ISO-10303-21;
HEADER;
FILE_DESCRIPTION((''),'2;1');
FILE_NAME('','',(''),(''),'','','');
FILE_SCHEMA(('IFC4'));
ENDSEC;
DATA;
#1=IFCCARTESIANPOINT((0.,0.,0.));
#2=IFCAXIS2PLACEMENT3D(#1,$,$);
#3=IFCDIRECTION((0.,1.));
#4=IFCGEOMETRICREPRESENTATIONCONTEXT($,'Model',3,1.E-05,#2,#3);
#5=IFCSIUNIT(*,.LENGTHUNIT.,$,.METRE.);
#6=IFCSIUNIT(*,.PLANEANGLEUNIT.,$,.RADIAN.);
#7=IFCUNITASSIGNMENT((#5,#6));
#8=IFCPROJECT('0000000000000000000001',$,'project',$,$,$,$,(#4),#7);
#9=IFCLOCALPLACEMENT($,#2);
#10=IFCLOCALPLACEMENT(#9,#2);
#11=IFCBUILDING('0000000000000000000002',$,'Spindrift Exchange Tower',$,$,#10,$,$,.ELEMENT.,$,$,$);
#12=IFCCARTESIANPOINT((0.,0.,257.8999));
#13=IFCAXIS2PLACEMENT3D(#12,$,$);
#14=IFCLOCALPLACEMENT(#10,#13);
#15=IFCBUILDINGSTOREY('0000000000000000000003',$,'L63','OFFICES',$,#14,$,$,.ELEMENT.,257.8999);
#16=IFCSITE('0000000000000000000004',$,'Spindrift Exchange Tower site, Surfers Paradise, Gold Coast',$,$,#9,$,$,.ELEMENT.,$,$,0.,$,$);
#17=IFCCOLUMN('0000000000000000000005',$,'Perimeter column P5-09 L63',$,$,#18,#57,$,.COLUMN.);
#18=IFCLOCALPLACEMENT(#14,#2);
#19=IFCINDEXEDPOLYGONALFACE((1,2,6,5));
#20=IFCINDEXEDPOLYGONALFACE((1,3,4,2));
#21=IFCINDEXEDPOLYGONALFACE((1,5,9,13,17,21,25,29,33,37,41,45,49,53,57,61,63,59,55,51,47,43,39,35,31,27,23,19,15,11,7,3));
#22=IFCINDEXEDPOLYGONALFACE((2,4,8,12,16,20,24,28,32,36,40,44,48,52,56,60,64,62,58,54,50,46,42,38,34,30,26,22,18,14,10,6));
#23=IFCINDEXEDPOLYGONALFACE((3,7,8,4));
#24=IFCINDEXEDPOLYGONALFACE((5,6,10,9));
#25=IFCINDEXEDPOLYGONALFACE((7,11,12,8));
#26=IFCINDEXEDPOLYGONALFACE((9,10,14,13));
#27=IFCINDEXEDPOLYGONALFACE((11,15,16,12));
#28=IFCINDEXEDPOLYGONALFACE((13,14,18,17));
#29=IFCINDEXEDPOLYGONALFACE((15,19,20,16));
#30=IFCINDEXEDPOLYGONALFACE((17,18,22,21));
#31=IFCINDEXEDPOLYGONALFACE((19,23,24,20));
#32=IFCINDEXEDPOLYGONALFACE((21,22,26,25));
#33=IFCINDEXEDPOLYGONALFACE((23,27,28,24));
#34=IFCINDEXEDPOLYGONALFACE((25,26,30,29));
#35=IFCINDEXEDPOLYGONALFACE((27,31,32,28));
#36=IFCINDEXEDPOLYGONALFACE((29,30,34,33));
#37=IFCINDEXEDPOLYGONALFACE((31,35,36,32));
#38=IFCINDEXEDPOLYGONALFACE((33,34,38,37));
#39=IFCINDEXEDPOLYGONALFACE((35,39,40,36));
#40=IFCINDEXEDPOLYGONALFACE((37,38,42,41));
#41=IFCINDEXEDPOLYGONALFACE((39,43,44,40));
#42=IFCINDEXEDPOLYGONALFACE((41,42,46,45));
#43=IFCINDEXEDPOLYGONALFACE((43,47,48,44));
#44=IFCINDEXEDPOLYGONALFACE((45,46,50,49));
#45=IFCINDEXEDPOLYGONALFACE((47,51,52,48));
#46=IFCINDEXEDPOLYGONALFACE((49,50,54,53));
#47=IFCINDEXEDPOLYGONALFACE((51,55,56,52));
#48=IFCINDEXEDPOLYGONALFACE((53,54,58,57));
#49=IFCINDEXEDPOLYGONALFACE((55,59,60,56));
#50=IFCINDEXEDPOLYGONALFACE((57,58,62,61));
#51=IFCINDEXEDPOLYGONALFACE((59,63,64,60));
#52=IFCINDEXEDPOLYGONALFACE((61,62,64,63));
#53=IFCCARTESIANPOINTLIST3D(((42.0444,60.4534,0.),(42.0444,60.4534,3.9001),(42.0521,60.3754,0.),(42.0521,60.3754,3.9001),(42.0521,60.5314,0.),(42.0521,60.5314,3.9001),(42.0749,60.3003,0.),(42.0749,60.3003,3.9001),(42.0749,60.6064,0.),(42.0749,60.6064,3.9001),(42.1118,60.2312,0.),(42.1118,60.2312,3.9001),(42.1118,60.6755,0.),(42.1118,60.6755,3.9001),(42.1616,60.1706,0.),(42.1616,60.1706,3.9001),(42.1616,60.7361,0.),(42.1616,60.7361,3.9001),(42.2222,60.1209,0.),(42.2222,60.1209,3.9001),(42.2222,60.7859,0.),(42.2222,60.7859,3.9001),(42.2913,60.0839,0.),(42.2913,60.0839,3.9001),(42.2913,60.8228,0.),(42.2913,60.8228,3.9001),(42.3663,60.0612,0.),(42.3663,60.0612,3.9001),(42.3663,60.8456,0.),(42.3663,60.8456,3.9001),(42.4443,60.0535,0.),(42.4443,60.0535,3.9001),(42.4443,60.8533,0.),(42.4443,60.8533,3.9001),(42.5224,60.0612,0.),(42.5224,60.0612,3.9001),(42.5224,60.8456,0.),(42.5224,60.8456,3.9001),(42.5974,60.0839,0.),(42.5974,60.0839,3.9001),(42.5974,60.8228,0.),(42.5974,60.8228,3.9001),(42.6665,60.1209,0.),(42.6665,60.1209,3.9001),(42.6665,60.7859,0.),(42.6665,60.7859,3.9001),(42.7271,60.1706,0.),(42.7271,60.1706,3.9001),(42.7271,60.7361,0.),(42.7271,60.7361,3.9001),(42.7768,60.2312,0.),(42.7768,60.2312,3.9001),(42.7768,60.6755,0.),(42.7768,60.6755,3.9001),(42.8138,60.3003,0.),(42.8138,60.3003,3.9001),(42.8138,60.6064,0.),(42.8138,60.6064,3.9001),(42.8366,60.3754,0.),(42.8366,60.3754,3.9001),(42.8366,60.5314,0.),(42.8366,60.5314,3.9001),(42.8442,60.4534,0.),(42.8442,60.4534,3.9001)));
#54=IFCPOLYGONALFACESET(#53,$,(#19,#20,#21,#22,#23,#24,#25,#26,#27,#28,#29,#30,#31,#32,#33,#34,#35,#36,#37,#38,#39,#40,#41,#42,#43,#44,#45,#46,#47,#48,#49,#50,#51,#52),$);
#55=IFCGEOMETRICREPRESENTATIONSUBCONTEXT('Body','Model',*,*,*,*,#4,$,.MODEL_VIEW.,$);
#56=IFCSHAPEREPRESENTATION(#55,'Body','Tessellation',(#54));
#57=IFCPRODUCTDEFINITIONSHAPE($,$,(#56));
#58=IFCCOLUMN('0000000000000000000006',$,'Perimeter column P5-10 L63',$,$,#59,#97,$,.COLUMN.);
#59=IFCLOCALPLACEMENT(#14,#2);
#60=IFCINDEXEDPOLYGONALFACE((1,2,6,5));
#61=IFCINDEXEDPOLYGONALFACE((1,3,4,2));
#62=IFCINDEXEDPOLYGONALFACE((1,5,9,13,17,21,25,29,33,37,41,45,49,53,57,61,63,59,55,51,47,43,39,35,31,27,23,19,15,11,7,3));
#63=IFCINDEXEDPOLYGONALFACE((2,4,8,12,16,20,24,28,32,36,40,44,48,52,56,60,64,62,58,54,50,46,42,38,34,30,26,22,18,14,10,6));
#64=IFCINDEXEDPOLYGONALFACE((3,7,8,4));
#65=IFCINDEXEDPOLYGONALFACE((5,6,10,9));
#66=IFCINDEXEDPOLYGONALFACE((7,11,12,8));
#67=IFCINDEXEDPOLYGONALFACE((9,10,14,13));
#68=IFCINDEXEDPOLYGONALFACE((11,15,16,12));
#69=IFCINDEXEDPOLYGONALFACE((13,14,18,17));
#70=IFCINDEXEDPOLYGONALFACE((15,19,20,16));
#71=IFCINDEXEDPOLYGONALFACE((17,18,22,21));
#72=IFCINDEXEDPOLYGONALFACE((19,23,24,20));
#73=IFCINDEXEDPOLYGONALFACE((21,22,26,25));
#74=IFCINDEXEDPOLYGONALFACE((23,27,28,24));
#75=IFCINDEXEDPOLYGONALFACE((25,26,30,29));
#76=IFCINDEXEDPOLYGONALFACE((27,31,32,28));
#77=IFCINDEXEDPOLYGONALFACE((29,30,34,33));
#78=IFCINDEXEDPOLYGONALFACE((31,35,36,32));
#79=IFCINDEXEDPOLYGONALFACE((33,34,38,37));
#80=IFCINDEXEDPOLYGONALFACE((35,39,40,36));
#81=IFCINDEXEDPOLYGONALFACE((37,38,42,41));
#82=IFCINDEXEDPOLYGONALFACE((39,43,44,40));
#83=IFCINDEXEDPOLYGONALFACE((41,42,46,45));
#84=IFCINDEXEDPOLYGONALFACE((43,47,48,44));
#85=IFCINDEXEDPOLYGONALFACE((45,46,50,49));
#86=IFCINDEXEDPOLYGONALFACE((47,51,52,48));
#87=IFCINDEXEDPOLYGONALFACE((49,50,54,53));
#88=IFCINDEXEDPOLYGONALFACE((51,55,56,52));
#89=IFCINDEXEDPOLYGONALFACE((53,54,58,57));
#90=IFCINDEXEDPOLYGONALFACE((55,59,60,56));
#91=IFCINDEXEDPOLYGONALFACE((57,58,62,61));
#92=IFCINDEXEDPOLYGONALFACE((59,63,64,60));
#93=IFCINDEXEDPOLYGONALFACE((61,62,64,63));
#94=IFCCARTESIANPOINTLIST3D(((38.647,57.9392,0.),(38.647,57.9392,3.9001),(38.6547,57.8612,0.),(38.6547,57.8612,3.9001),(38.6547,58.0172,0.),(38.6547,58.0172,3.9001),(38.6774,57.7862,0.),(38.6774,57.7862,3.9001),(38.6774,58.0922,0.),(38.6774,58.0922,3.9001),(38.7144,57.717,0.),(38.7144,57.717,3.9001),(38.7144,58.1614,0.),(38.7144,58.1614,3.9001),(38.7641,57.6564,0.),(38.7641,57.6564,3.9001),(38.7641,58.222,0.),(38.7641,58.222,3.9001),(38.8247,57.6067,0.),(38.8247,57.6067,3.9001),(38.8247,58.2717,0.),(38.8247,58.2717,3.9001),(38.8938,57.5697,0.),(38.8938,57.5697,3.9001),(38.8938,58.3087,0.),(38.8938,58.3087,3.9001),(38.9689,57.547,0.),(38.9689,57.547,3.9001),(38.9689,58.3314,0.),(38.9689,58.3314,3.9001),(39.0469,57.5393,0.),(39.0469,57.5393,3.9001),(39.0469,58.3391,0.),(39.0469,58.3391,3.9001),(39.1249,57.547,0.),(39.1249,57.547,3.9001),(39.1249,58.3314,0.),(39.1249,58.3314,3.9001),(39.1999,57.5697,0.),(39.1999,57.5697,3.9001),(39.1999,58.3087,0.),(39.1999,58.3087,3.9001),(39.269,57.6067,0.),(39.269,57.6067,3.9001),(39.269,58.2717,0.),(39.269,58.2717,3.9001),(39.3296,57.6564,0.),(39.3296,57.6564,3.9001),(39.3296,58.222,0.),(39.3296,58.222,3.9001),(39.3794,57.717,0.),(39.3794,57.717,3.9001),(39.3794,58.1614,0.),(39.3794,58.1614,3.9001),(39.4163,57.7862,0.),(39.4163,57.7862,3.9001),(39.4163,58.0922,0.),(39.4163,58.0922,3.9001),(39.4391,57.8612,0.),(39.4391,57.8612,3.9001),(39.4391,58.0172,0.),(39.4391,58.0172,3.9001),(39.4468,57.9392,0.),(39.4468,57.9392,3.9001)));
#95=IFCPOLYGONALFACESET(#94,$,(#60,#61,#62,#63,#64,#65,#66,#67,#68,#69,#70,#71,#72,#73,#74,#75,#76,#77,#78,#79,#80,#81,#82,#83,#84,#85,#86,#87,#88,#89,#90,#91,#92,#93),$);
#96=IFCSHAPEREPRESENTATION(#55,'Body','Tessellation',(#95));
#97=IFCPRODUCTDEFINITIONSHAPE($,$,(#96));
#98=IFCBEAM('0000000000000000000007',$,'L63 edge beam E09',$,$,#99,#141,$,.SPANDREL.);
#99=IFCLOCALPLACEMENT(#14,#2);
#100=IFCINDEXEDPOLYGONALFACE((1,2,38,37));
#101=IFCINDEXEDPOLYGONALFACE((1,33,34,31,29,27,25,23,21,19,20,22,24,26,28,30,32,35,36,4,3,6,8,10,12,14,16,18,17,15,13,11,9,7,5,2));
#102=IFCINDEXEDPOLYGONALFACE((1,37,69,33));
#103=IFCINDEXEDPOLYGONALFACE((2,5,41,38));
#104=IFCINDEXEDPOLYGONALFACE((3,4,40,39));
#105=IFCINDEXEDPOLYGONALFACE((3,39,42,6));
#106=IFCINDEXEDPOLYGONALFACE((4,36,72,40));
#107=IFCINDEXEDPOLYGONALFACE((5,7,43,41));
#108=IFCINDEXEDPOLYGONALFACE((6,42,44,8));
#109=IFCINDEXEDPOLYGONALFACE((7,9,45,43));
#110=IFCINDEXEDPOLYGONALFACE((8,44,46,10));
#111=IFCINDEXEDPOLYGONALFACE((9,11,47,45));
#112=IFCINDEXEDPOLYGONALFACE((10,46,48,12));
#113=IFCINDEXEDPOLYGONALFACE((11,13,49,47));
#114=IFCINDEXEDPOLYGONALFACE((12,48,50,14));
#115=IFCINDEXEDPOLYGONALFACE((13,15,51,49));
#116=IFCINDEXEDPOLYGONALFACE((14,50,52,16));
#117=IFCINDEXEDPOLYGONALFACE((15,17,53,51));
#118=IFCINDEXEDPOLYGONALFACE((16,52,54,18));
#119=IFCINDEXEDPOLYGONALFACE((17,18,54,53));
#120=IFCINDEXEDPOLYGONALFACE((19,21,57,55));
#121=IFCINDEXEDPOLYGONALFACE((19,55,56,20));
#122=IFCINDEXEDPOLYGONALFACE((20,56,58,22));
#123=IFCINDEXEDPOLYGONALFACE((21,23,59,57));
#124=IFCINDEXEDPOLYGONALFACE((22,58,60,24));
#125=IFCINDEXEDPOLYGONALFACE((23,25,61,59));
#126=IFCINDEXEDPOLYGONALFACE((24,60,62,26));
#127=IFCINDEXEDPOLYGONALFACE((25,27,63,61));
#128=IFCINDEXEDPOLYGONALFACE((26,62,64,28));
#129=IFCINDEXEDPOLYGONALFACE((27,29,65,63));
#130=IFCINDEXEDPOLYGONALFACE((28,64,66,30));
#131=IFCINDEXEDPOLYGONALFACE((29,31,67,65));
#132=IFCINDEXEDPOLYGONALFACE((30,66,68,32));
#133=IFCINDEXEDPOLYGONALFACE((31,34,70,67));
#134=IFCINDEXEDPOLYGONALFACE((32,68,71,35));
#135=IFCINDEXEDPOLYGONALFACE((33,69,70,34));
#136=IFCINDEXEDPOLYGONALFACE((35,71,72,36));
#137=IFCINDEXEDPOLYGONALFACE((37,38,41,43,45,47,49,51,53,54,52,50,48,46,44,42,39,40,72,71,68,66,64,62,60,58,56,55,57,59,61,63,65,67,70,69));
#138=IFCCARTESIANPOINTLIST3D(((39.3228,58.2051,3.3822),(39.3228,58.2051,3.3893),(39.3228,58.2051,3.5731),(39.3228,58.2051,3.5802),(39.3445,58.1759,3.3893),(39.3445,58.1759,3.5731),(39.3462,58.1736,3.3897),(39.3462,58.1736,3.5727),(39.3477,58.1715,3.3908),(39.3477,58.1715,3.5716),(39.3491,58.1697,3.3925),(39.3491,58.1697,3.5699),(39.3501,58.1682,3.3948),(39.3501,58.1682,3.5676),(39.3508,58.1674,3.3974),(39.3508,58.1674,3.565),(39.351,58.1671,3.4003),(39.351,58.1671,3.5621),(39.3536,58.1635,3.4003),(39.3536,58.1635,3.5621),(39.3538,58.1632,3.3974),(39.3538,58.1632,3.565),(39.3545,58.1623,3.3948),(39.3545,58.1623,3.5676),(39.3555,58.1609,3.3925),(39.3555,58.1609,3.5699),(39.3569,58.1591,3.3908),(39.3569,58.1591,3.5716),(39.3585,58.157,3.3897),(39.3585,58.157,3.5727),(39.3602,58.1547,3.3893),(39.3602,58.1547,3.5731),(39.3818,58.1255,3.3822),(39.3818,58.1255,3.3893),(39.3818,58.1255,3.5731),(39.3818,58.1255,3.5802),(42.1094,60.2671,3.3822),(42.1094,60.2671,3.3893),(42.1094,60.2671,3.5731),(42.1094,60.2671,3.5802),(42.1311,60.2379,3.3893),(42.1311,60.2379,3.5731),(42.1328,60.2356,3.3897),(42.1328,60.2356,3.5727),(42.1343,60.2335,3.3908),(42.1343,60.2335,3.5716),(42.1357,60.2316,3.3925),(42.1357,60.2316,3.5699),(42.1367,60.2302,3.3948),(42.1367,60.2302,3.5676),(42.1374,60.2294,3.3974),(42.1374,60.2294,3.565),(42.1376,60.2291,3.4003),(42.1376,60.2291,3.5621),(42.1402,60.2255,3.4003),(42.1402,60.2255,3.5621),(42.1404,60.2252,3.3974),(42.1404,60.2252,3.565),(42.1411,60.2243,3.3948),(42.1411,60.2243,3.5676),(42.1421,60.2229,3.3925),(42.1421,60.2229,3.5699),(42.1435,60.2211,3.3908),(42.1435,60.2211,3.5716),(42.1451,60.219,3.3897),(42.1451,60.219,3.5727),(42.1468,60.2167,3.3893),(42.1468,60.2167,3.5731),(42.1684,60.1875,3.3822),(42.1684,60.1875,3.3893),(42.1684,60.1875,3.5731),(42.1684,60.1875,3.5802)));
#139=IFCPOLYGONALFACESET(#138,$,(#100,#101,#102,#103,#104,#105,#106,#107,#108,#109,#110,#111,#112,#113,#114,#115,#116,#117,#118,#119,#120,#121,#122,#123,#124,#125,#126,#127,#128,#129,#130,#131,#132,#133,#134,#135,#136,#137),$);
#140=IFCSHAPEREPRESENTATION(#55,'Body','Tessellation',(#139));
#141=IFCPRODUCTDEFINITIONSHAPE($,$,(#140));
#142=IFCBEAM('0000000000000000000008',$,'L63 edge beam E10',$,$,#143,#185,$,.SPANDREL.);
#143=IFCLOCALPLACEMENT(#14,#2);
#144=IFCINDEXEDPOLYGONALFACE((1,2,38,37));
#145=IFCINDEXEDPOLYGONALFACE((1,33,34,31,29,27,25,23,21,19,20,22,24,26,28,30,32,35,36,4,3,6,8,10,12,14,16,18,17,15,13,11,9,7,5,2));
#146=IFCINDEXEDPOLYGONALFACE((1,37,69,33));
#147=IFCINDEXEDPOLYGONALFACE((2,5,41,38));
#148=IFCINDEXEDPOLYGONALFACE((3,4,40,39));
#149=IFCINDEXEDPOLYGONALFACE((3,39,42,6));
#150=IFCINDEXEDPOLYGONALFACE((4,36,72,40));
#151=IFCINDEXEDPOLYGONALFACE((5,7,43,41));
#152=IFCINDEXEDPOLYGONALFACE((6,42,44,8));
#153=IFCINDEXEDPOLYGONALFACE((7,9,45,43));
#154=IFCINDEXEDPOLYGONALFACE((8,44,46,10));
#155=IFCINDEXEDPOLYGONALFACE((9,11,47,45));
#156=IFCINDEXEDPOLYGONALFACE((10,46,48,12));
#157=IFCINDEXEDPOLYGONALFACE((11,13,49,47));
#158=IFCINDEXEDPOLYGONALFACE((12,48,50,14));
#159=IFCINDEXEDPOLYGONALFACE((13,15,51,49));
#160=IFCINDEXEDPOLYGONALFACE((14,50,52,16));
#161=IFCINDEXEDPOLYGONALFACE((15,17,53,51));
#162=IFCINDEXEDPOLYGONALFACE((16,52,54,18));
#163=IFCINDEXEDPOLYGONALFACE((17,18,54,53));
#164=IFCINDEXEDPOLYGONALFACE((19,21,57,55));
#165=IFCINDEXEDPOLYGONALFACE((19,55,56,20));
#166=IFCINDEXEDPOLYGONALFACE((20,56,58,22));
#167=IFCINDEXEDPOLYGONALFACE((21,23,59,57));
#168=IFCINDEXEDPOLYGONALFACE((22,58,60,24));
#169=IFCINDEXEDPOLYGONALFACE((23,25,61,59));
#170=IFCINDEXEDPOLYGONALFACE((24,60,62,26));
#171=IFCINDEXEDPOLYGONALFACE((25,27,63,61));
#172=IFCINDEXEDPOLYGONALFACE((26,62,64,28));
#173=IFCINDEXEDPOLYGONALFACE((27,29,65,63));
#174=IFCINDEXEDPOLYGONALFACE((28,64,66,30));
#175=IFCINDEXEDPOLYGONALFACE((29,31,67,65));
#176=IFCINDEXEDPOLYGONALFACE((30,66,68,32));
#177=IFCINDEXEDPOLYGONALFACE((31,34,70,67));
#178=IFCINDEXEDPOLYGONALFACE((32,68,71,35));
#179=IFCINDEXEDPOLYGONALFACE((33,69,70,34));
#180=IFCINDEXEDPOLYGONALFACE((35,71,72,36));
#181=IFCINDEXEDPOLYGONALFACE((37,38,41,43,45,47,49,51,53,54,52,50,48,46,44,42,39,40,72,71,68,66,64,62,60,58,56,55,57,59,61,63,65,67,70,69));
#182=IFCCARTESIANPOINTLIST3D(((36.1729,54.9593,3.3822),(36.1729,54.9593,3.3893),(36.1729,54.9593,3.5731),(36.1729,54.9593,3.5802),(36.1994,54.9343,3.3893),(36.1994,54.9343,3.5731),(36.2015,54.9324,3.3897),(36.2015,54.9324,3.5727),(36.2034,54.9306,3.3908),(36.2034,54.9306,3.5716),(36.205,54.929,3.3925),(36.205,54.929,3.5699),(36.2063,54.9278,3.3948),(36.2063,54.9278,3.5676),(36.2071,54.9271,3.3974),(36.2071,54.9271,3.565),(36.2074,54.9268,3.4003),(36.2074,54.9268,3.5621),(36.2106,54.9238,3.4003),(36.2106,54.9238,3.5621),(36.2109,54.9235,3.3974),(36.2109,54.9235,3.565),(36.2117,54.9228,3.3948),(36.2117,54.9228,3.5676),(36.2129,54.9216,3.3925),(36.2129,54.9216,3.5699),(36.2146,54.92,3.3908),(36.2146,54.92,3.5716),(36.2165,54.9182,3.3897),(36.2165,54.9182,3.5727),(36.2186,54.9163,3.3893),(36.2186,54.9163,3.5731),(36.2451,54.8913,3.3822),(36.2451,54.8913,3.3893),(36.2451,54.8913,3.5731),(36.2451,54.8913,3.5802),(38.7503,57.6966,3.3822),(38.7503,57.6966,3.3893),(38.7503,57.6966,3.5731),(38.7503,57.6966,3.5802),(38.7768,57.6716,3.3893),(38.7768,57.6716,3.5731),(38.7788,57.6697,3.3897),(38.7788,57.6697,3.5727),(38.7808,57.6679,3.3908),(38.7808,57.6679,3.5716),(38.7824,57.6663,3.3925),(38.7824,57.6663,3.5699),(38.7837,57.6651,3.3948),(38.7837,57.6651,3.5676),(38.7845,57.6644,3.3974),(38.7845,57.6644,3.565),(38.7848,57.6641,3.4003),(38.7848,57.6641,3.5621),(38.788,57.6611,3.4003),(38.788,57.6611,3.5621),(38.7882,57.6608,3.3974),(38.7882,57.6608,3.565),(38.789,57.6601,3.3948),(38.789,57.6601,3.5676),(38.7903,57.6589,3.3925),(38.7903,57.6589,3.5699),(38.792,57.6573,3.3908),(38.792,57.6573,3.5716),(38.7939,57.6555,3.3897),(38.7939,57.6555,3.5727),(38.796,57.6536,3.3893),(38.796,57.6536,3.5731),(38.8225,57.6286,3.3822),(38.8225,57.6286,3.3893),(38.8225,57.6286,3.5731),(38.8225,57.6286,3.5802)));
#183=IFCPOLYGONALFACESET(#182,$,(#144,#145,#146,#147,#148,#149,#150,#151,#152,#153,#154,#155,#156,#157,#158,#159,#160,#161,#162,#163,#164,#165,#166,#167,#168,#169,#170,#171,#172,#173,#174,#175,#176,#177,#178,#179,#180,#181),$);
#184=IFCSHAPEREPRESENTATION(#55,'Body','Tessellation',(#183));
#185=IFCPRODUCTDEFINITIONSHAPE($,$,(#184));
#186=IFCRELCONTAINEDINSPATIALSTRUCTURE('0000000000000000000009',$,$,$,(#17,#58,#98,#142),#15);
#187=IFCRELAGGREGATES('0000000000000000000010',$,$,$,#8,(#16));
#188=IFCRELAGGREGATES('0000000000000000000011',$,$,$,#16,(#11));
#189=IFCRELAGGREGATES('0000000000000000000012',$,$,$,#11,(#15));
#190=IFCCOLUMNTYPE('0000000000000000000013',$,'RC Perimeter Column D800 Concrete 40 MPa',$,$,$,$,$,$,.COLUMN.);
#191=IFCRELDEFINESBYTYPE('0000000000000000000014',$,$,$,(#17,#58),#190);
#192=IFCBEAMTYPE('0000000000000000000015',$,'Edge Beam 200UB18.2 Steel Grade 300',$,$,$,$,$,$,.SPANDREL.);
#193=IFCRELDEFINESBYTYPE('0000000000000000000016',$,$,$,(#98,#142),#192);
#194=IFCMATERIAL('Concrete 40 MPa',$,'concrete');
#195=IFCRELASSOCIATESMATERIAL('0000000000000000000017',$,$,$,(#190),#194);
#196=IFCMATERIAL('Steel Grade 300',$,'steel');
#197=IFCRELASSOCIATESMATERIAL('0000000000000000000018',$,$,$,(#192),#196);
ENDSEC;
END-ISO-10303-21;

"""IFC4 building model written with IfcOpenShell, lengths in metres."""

from ifc_helpers import new_model, si_unit, direction, frame, origin, origin_2d, place, context, subcontext, project, spatial, circle, i_section, extrude, source, transform, mapped, material, material_profile, profile_set, type_object, element, save


model = new_model("IFC4")

# Units and contexts
model_context = context("Model", 3, precision=1e-05, world=origin(), true_north=direction((0.0, 1.0)))
body_context = subcontext(model_context, "Body", "Model", "MODEL_VIEW")
ifc_project = project(units=[si_unit("LENGTHUNIT", "METRE"), si_unit("PLANEANGLEUNIT", "RADIAN")], contexts=[model_context])

# Site, building, storey
site_placement = place(None, origin())
site = spatial("IfcSite", under=ifc_project, at=site_placement, Name="Spindrift Exchange Tower site, Surfers Paradise, Gold Coast", CompositionType="ELEMENT", RefElevation=0.0)
building_placement = place(site_placement, origin())
building = spatial("IfcBuilding", under=site, at=building_placement, Name="Spindrift Exchange Tower", CompositionType="ELEMENT")
storey_placement = place(building_placement, frame((0.0, 0.0, 257.8999)))
storey = spatial("IfcBuildingStorey", under=building, at=storey_placement, Name="L63", Description="OFFICES", CompositionType="ELEMENT", Elevation=257.8999)

# Columns
ifc_material_1 = material(Name="Concrete 40 MPa", Category="concrete")
ifc_material_profile_1 = material_profile(ifc_material_1, circle(Radius=0.3999, at=origin_2d()), Name="RC D800")
ifc_profile_set_1 = profile_set([ifc_material_profile_1], Name="Concrete 40 MPa")
column_type = type_object("IfcColumnType", Name="RC Perimeter Column D800 Concrete 40 MPa", PredefinedType="COLUMN", material=ifc_profile_set_1)
shared_shape_1 = source(origin(), body_context, "Body", "SweptSolid", [
    extrude(circle(Radius=0.3999, at=origin_2d()), origin(), (0.0, 0.0, 1.0), 3.9001),
])
for number, where, z_axis, x_axis, name in (
    (1, (42.4443, 60.4534, 0.0), (0.0, 0.0, 1.0), (1.0, 0.0, 0.0), "Perimeter column P5-09 L63"),
    (2, (39.0469, 57.9392, 0.0), (0.0, 0.0, 1.0), (1.0, 0.0, 0.0), "Perimeter column P5-10 L63"),
):
    element("IfcColumn", number, at=place(storey_placement, frame(where, z_axis=z_axis, x_axis=x_axis)), inside=storey, type_object=column_type, Name=name, PredefinedType="COLUMN", context=body_context, shape_type="MappedRepresentation", body=[
        mapped(shared_shape_1, transform((0.0, 0.0, 0.0), scale=1.0)),
    ])

# Beams
ifc_material_2 = material(Name="Steel Grade 300", Category="steel")
ifc_material_profile_2 = material_profile(ifc_material_2, i_section(OverallWidth=0.0991, OverallDepth=0.198, WebThickness=0.0044, FlangeThickness=0.0071, FilletRadius=0.011, at=origin_2d()), Name="200UB18.2")
ifc_profile_set_2 = profile_set([ifc_material_profile_2], Name="Steel Grade 300")
beam_type_1 = type_object("IfcBeamType", Name="Edge Beam 200UB18.2 Steel Grade 300", PredefinedType="SPANDREL", material=ifc_profile_set_2)
shared_shape_2 = source(origin(), body_context, "Body", "SweptSolid", [
    extrude(i_section(OverallWidth=0.0991, OverallDepth=0.198, WebThickness=0.0044, FlangeThickness=0.0071, FilletRadius=0.011, at=origin_2d()), origin(), (0.0, 0.0, 1.0), 3.4666),
])
beam_1_placement = place(storey_placement, frame((42.1389, 60.2273, 3.4812), z_axis=(-0.803854, -0.594827, 0.0), x_axis=(0.594827, -0.803854, 0.0)))
element("IfcBeam", 3, at=beam_1_placement, inside=storey, type_object=beam_type_1, Name="L63 edge beam E09", PredefinedType="SPANDREL", context=body_context, shape_type="MappedRepresentation", body=[
    mapped(shared_shape_2, transform((0.0, 0.0, 0.0), scale=1.0)),
])
shared_shape_3 = source(origin(), body_context, "Body", "SweptSolid", [
    extrude(i_section(OverallWidth=0.0991, OverallDepth=0.198, WebThickness=0.0044, FlangeThickness=0.0071, FilletRadius=0.011, at=origin_2d()), origin(), (0.0, 0.0, 1.0), 3.7598),
])
beam_2_placement = place(storey_placement, frame((38.7864, 57.6626, 3.4812), z_axis=(-0.685521, -0.728053, 0.0), x_axis=(0.728053, -0.685521, 0.0)))
element("IfcBeam", 4, at=beam_2_placement, inside=storey, type_object=beam_type_1, Name="L63 edge beam E10", PredefinedType="SPANDREL", context=body_context, shape_type="MappedRepresentation", body=[
    mapped(shared_shape_3, transform((0.0, 0.0, 0.0), scale=1.0)),
])

save(model, "model.ifc")
